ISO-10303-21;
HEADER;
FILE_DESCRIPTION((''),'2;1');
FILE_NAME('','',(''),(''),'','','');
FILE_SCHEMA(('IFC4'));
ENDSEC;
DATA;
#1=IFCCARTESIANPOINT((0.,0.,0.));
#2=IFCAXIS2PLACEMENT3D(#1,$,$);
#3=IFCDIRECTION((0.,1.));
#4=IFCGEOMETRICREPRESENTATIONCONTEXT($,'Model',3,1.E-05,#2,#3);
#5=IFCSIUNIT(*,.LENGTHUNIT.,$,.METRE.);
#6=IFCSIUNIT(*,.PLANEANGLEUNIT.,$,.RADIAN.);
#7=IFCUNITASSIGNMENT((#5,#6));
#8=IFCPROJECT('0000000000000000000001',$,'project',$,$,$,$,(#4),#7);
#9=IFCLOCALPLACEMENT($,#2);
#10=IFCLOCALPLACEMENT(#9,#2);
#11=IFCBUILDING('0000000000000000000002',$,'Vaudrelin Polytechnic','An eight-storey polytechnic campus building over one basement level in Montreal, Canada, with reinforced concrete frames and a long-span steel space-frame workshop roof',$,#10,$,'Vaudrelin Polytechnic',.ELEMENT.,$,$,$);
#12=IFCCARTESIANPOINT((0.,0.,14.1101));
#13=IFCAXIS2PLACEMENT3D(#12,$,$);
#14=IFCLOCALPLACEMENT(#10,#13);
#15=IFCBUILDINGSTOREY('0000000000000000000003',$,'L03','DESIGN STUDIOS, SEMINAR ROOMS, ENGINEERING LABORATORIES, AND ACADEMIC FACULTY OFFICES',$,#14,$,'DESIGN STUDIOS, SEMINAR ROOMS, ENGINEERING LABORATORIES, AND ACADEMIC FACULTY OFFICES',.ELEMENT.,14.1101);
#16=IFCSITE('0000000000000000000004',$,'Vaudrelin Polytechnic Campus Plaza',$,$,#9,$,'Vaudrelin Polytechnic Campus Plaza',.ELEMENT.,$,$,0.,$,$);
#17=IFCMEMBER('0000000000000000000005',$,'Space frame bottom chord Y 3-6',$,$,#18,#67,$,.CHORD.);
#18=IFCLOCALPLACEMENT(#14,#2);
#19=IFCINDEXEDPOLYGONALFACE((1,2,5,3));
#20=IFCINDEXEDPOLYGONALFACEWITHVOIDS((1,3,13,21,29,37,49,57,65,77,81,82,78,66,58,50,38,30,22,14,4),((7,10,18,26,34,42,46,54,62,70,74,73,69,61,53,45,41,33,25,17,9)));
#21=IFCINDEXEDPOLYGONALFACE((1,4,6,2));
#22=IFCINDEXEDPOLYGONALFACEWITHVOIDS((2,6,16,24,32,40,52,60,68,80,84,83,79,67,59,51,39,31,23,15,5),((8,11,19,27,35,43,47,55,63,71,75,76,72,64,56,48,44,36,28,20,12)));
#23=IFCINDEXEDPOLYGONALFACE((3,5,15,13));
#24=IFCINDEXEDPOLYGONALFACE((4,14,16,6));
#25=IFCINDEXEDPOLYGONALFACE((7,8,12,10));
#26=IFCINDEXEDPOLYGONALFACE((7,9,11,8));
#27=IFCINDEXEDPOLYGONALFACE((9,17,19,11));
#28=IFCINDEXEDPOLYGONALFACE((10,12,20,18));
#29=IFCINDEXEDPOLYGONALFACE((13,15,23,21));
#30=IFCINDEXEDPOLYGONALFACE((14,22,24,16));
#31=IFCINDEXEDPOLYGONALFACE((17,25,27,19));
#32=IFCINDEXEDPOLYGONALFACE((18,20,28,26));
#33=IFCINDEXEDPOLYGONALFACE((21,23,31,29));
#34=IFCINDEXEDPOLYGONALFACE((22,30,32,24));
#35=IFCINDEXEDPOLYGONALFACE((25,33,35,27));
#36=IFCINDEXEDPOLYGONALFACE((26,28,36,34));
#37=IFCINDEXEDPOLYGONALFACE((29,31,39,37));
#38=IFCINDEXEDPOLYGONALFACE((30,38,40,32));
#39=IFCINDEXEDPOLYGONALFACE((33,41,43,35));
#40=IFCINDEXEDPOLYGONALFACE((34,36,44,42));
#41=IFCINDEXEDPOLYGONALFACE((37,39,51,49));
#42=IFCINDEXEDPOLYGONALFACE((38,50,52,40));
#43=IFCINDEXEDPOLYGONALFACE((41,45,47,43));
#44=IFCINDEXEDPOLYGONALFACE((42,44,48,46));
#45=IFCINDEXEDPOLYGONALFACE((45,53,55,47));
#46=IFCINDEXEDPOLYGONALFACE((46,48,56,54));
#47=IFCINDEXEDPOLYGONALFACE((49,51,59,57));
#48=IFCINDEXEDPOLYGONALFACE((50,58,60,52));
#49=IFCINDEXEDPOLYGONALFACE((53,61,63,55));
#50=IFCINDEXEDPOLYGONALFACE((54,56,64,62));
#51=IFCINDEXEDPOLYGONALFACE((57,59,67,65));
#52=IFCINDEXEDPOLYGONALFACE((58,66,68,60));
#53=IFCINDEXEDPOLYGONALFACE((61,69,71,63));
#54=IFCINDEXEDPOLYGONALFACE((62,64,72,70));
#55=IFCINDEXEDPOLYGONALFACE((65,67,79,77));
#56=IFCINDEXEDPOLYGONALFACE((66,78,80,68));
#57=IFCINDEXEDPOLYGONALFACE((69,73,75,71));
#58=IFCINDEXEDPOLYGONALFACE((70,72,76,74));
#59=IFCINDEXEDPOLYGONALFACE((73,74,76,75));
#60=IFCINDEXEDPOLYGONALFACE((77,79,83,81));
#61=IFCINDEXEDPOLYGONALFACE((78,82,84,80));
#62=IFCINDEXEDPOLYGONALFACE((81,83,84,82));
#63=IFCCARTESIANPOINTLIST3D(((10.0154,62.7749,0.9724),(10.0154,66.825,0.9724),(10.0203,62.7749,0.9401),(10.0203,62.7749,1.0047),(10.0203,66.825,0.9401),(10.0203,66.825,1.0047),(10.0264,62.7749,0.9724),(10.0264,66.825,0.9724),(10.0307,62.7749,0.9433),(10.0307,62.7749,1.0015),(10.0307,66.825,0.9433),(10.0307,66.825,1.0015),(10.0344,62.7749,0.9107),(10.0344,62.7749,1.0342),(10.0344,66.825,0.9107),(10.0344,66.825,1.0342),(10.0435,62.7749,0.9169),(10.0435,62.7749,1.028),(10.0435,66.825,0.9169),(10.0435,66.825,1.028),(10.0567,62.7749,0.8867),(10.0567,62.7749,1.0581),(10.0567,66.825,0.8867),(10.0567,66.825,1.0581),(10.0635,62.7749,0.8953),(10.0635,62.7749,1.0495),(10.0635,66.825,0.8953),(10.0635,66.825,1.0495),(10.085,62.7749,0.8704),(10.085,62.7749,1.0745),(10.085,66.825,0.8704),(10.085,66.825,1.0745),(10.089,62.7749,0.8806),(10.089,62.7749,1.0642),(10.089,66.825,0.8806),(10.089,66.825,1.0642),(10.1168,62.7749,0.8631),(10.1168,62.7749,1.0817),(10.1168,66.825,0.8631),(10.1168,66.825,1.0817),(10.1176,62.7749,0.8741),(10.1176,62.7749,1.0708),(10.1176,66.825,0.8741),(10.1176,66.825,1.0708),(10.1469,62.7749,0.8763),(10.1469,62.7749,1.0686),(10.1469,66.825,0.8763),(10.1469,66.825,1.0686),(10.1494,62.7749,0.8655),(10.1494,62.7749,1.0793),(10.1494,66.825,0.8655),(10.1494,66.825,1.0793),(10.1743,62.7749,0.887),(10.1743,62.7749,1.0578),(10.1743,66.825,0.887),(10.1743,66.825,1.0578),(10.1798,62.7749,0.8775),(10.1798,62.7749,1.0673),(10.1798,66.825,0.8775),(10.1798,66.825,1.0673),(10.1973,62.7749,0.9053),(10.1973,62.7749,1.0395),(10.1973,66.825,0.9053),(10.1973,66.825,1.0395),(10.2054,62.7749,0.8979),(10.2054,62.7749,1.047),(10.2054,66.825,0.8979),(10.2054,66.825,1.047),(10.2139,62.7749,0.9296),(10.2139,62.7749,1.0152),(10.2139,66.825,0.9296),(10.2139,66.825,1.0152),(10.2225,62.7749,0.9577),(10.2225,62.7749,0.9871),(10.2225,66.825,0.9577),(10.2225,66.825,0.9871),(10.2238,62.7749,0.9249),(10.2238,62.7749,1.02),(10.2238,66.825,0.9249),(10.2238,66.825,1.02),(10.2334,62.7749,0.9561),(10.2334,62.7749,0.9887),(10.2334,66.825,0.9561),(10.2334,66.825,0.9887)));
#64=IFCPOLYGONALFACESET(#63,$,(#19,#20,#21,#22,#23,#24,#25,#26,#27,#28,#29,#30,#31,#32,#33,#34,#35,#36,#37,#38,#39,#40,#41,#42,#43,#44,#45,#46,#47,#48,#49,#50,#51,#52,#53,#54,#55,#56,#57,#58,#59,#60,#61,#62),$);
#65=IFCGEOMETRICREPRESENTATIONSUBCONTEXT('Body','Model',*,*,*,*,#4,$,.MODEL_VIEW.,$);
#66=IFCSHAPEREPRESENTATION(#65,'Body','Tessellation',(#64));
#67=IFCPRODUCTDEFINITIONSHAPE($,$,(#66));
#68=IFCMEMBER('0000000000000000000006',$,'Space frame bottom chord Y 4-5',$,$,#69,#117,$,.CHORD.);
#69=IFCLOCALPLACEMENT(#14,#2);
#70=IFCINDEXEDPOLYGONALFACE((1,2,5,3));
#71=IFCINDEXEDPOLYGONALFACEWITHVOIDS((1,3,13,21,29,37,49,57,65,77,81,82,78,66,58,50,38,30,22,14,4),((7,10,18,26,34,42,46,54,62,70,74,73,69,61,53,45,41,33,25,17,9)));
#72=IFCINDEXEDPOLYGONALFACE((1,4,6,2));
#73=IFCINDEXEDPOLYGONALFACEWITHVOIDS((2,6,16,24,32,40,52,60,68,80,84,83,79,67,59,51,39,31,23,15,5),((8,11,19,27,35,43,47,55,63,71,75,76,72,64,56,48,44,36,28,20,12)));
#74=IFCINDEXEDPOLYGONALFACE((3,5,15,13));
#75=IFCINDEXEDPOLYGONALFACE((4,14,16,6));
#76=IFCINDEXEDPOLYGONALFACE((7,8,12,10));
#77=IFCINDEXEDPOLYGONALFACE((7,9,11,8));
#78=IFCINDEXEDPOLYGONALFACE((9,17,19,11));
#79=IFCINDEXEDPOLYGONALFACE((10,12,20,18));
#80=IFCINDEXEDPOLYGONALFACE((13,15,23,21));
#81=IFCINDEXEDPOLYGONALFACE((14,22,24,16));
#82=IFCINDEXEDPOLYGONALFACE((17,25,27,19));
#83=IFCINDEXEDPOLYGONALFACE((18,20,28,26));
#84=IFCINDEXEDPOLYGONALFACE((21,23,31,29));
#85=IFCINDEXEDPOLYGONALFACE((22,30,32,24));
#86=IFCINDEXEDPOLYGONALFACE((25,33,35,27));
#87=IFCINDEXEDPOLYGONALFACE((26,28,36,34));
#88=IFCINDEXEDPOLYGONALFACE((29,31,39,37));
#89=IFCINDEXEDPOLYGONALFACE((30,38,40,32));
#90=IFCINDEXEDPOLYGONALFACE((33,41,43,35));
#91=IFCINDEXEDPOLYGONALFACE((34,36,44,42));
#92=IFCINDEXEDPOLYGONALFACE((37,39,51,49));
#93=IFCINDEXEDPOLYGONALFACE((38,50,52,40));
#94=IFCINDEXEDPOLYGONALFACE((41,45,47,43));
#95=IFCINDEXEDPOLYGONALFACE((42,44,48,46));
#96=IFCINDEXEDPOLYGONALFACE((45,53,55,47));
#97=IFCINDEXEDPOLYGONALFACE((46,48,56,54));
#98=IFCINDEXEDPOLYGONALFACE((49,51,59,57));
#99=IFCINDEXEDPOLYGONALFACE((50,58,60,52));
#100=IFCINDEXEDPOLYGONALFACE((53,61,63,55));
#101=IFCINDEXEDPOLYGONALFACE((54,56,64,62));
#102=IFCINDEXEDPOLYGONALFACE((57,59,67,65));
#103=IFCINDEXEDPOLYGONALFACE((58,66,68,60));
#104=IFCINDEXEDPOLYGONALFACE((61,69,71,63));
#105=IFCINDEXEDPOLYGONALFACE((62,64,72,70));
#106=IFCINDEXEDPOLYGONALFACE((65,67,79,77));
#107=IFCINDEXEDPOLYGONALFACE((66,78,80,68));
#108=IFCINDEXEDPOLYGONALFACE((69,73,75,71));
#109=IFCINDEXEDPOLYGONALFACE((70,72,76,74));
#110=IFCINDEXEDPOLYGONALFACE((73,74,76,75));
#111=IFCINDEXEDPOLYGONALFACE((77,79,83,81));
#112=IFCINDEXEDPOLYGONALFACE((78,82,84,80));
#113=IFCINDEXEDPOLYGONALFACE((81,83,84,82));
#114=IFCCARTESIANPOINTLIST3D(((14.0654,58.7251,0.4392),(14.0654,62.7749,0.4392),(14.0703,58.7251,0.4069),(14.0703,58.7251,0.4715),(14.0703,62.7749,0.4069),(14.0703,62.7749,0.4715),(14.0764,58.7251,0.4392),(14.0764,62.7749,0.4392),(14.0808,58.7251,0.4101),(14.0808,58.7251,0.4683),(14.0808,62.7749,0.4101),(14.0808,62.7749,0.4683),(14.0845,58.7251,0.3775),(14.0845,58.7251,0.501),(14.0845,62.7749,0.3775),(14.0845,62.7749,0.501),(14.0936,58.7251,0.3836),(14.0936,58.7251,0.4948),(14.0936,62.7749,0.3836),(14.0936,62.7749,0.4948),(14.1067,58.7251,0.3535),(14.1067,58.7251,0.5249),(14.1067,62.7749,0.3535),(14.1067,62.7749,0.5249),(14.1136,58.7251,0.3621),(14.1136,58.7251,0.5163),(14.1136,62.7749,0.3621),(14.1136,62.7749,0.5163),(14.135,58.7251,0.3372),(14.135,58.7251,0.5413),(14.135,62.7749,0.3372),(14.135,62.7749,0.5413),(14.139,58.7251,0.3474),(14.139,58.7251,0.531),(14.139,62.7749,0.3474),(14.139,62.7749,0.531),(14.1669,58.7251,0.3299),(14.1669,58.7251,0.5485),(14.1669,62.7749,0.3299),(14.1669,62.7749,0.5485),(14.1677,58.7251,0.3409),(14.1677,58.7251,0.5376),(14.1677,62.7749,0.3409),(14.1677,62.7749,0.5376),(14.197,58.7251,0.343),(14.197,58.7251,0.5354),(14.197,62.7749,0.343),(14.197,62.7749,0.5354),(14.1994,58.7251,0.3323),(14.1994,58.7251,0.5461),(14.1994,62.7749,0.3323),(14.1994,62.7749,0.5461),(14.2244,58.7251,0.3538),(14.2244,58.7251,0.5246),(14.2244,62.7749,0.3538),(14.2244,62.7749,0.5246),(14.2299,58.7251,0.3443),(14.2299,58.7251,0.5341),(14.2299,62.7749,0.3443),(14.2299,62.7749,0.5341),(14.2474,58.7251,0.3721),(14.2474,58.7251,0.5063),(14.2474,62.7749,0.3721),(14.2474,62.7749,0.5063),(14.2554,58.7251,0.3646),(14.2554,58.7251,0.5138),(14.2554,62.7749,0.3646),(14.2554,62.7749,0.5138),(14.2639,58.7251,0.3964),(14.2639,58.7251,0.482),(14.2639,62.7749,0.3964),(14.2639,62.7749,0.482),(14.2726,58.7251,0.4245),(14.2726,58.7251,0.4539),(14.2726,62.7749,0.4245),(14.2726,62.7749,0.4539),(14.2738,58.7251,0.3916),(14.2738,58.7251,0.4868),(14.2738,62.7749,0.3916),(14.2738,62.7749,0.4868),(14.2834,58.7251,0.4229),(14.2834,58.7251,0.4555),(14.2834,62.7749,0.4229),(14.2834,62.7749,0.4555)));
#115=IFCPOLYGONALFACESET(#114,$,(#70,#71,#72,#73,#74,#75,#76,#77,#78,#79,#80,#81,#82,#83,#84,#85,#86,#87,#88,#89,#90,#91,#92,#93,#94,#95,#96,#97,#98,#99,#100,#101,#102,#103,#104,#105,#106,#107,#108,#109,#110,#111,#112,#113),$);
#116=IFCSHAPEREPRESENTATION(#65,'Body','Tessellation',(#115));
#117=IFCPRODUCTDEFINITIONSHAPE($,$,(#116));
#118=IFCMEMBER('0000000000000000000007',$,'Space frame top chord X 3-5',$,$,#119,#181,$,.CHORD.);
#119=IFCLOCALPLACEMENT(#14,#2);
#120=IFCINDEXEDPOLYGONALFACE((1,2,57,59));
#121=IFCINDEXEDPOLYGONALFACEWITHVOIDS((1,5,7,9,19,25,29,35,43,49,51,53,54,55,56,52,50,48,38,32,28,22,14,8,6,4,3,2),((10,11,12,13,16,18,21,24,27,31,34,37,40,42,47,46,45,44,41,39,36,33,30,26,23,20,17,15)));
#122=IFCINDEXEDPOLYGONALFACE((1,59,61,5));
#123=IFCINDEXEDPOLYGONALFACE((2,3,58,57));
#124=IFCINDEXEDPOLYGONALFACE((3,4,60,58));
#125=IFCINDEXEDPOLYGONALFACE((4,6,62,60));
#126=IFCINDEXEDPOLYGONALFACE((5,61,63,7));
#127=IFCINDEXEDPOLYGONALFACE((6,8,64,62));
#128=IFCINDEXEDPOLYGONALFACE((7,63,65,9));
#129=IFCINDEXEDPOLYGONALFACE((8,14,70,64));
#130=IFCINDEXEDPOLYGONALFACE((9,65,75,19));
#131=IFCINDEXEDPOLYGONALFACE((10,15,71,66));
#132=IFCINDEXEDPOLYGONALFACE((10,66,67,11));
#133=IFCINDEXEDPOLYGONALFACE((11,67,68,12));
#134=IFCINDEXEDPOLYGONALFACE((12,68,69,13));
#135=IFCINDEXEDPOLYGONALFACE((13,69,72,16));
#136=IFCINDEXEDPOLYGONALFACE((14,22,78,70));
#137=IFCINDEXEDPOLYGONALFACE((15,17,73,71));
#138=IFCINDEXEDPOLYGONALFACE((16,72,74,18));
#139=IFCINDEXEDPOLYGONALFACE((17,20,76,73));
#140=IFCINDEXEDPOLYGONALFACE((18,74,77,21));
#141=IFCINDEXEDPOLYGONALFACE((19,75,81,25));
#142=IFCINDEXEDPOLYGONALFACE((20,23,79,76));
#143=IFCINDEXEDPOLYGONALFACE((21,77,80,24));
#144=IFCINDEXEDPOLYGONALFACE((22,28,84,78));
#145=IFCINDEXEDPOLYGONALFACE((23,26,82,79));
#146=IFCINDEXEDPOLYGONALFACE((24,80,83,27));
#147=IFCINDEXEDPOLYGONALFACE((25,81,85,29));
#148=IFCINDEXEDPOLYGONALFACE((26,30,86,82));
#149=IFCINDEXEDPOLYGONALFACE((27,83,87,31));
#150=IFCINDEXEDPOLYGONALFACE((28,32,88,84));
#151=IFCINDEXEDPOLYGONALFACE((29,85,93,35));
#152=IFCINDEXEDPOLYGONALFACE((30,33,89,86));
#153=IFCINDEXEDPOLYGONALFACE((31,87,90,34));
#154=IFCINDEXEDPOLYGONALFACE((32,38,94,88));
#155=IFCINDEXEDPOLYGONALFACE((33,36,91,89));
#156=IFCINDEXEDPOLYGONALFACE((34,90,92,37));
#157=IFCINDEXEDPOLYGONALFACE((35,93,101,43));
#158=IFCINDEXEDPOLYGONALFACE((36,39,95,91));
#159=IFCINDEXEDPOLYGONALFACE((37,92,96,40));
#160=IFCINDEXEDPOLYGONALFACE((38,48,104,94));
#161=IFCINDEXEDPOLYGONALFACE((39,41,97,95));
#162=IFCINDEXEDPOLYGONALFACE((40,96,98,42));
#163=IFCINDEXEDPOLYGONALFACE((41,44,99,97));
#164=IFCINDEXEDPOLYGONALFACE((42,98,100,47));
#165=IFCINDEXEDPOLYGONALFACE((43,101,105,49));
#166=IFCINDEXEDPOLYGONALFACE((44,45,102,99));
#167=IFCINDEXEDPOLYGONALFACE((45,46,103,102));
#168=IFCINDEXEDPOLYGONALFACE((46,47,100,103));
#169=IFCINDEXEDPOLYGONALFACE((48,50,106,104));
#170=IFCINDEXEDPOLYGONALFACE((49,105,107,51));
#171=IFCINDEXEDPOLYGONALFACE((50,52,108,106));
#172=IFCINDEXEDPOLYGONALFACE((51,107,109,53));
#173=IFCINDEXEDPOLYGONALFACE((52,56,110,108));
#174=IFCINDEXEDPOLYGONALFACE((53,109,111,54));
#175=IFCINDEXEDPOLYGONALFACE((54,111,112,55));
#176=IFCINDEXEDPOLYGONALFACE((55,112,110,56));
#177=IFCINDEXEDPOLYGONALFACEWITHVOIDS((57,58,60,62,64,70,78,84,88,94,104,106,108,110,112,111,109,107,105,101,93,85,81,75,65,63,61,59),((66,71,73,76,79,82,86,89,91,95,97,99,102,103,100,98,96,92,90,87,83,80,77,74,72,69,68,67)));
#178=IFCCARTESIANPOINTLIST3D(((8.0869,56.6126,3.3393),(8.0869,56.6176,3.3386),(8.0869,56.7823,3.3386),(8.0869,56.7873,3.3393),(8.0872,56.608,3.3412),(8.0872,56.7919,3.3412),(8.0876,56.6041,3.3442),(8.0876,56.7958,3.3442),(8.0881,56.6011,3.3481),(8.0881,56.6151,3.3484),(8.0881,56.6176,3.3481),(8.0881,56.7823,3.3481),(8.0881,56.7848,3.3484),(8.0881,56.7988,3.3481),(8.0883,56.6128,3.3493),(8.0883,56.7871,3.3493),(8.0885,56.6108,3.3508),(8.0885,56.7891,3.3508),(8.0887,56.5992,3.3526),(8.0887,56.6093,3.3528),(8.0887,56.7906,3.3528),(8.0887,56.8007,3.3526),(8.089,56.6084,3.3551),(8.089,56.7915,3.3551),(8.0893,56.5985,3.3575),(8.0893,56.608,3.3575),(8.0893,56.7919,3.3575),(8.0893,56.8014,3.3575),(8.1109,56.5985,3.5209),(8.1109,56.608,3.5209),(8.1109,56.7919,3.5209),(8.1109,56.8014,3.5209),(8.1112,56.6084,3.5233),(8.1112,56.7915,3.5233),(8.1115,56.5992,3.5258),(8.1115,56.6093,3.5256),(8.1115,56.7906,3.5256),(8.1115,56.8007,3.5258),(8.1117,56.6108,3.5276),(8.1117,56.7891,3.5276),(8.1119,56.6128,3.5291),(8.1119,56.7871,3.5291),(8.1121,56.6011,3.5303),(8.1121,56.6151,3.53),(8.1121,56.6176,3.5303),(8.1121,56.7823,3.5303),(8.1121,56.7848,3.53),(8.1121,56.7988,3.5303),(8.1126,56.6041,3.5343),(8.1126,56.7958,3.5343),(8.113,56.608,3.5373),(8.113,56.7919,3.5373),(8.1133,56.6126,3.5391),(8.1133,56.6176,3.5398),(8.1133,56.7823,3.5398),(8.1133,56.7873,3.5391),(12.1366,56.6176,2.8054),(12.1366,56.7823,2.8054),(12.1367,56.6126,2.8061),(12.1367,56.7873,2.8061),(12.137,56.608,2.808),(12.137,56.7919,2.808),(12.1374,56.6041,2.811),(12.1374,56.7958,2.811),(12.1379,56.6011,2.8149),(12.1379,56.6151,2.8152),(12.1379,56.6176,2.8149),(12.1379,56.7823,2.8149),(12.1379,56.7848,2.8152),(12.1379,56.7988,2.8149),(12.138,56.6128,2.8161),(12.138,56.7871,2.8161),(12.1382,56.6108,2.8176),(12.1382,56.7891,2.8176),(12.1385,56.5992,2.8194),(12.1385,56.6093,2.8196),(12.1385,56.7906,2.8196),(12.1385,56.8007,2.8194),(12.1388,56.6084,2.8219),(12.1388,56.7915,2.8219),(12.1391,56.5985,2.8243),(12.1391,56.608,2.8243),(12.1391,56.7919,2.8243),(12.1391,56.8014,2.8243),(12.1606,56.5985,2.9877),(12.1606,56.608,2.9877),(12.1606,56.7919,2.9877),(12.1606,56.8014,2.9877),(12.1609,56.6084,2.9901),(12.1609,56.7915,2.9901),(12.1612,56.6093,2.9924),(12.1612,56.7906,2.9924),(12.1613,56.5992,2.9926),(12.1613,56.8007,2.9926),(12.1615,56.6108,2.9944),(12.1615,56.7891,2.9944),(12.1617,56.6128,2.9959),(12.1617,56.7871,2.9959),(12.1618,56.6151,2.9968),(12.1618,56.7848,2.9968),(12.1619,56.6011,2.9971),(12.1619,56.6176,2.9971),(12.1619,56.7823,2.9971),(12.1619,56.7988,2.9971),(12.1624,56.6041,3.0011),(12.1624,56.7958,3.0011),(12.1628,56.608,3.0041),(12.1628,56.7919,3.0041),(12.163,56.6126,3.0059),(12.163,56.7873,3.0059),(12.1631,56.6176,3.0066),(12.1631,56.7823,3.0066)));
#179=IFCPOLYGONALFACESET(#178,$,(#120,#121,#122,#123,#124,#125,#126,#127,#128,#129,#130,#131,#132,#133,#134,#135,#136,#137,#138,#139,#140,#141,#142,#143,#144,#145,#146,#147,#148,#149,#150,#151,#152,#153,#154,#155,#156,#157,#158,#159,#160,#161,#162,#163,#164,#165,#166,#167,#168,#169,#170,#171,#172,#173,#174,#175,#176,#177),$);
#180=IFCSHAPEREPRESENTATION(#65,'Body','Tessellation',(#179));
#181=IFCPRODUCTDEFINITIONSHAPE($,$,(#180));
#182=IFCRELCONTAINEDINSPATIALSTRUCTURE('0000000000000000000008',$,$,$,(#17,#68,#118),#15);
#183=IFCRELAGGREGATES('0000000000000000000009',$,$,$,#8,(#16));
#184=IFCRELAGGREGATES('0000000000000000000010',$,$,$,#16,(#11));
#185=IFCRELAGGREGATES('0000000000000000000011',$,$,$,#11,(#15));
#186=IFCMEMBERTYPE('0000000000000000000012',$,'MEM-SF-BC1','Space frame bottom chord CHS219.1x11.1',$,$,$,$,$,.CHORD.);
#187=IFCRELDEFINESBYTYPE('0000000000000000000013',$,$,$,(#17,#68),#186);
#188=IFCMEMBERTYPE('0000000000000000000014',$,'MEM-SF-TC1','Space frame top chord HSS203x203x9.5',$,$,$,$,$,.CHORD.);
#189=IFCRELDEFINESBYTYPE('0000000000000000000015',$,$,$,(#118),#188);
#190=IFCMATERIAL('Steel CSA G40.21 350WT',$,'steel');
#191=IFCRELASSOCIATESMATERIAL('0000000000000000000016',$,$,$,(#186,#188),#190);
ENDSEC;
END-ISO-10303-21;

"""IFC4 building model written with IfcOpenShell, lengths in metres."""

from ifc_helpers import new_model, si_unit, direction, frame, origin, origin_2d, place, context, subcontext, project, spatial, hollow_rectangle, hollow_circle, extrude, material, material_profile, profile_set, type_object, element, save


model = new_model("IFC4")

# Units and contexts
model_context = context("Model", 3, precision=1e-05, world=origin(), true_north=direction((0.0, 1.0)))
body_context = subcontext(model_context, "Body", "Model", "MODEL_VIEW")
ifc_project = project(units=[si_unit("LENGTHUNIT", "METRE"), si_unit("PLANEANGLEUNIT", "RADIAN")], contexts=[model_context])

# Site, building, storey
site_placement = place(None, origin())
site = spatial("IfcSite", under=ifc_project, at=site_placement, Name="Vaudrelin Polytechnic Campus Plaza", LongName="Vaudrelin Polytechnic Campus Plaza", CompositionType="ELEMENT", RefElevation=0.0)
building_placement = place(site_placement, origin())
building = spatial("IfcBuilding", under=site, at=building_placement, Name="Vaudrelin Polytechnic", Description="An eight-storey polytechnic campus building over one basement level in Montreal, Canada, with reinforced concrete frames and a long-span steel space-frame workshop roof", LongName="Vaudrelin Polytechnic", CompositionType="ELEMENT")
storey_placement = place(building_placement, frame((0.0, 0.0, 14.1101)))
storey = spatial("IfcBuildingStorey", under=building, at=storey_placement, Name="L03", Description="DESIGN STUDIOS, SEMINAR ROOMS, ENGINEERING LABORATORIES, AND ACADEMIC FACULTY OFFICES", LongName="DESIGN STUDIOS, SEMINAR ROOMS, ENGINEERING LABORATORIES, AND ACADEMIC FACULTY OFFICES", CompositionType="ELEMENT", Elevation=14.1101)

# Members
ifc_material = material(Name="Steel CSA G40.21 350WT", Category="steel")
ifc_material_profile_1 = material_profile(ifc_material, hollow_circle(Radius=0.1096, WallThickness=0.011, at=origin_2d()), Name="CHS219.1x11.1")
ifc_profile_set_1 = profile_set([ifc_material_profile_1], Name="Steel CSA G40.21 350WT")
member_type_1 = type_object("IfcMemberType", Name="MEM-SF-BC1", Description="Space frame bottom chord CHS219.1x11.1", PredefinedType="CHORD", material=ifc_profile_set_1)
member_1_placement = place(storey_placement, frame((10.125, 62.7749, 0.9724), z_axis=(0.0, 1.0, 0.0), x_axis=(-1.0, 0.0, 0.0)))
element("IfcMember", 1, at=member_1_placement, inside=storey, type_object=member_type_1, Name="Space frame bottom chord Y 3-6", PredefinedType="CHORD", context=body_context, shape_type="SweptSolid", body=[
    extrude(hollow_circle(Radius=0.1096, WallThickness=0.011, at=origin_2d()), origin(), (0.0, 0.0, 1.0), 4.05),
])
member_2_placement = place(storey_placement, frame((14.175, 58.7251, 0.4392), z_axis=(0.0, 1.0, 0.0), x_axis=(-1.0, 0.0, 0.0)))
element("IfcMember", 2, at=member_2_placement, inside=storey, type_object=member_type_1, Name="Space frame bottom chord Y 4-5", PredefinedType="CHORD", context=body_context, shape_type="SweptSolid", body=[
    extrude(hollow_circle(Radius=0.1096, WallThickness=0.011, at=origin_2d()), origin(), (0.0, 0.0, 1.0), 4.0498),
])
ifc_material_profile_2 = material_profile(ifc_material, hollow_rectangle(XDim=0.2029, YDim=0.2029, WallThickness=0.0095, InnerFilletRadius=0.0095, OuterFilletRadius=0.019, at=origin_2d()), Name="HSS203x203x9.5")
ifc_profile_set_2 = profile_set([ifc_material_profile_2], Name="Steel CSA G40.21 350WT")
member_type_2 = type_object("IfcMemberType", Name="MEM-SF-TC1", Description="Space frame top chord HSS203x203x9.5", PredefinedType="CHORD", material=ifc_profile_set_2)
member_3_placement = place(storey_placement, frame((8.1001, 56.7, 3.4392), z_axis=(0.991444, 0.0, -0.130535), x_axis=(0.0, 1.0, 0.0)))
element("IfcMember", 3, at=member_3_placement, inside=storey, type_object=member_type_2, Name="Space frame top chord X 3-5", PredefinedType="CHORD", context=body_context, shape_type="SweptSolid", body=[
    extrude(hollow_rectangle(XDim=0.2029, YDim=0.2029, WallThickness=0.0095, InnerFilletRadius=0.0095, OuterFilletRadius=0.019, at=origin_2d()), origin(), (0.0, 0.0, 1.0), 4.0847),
])

save(model, "model.ifc")
